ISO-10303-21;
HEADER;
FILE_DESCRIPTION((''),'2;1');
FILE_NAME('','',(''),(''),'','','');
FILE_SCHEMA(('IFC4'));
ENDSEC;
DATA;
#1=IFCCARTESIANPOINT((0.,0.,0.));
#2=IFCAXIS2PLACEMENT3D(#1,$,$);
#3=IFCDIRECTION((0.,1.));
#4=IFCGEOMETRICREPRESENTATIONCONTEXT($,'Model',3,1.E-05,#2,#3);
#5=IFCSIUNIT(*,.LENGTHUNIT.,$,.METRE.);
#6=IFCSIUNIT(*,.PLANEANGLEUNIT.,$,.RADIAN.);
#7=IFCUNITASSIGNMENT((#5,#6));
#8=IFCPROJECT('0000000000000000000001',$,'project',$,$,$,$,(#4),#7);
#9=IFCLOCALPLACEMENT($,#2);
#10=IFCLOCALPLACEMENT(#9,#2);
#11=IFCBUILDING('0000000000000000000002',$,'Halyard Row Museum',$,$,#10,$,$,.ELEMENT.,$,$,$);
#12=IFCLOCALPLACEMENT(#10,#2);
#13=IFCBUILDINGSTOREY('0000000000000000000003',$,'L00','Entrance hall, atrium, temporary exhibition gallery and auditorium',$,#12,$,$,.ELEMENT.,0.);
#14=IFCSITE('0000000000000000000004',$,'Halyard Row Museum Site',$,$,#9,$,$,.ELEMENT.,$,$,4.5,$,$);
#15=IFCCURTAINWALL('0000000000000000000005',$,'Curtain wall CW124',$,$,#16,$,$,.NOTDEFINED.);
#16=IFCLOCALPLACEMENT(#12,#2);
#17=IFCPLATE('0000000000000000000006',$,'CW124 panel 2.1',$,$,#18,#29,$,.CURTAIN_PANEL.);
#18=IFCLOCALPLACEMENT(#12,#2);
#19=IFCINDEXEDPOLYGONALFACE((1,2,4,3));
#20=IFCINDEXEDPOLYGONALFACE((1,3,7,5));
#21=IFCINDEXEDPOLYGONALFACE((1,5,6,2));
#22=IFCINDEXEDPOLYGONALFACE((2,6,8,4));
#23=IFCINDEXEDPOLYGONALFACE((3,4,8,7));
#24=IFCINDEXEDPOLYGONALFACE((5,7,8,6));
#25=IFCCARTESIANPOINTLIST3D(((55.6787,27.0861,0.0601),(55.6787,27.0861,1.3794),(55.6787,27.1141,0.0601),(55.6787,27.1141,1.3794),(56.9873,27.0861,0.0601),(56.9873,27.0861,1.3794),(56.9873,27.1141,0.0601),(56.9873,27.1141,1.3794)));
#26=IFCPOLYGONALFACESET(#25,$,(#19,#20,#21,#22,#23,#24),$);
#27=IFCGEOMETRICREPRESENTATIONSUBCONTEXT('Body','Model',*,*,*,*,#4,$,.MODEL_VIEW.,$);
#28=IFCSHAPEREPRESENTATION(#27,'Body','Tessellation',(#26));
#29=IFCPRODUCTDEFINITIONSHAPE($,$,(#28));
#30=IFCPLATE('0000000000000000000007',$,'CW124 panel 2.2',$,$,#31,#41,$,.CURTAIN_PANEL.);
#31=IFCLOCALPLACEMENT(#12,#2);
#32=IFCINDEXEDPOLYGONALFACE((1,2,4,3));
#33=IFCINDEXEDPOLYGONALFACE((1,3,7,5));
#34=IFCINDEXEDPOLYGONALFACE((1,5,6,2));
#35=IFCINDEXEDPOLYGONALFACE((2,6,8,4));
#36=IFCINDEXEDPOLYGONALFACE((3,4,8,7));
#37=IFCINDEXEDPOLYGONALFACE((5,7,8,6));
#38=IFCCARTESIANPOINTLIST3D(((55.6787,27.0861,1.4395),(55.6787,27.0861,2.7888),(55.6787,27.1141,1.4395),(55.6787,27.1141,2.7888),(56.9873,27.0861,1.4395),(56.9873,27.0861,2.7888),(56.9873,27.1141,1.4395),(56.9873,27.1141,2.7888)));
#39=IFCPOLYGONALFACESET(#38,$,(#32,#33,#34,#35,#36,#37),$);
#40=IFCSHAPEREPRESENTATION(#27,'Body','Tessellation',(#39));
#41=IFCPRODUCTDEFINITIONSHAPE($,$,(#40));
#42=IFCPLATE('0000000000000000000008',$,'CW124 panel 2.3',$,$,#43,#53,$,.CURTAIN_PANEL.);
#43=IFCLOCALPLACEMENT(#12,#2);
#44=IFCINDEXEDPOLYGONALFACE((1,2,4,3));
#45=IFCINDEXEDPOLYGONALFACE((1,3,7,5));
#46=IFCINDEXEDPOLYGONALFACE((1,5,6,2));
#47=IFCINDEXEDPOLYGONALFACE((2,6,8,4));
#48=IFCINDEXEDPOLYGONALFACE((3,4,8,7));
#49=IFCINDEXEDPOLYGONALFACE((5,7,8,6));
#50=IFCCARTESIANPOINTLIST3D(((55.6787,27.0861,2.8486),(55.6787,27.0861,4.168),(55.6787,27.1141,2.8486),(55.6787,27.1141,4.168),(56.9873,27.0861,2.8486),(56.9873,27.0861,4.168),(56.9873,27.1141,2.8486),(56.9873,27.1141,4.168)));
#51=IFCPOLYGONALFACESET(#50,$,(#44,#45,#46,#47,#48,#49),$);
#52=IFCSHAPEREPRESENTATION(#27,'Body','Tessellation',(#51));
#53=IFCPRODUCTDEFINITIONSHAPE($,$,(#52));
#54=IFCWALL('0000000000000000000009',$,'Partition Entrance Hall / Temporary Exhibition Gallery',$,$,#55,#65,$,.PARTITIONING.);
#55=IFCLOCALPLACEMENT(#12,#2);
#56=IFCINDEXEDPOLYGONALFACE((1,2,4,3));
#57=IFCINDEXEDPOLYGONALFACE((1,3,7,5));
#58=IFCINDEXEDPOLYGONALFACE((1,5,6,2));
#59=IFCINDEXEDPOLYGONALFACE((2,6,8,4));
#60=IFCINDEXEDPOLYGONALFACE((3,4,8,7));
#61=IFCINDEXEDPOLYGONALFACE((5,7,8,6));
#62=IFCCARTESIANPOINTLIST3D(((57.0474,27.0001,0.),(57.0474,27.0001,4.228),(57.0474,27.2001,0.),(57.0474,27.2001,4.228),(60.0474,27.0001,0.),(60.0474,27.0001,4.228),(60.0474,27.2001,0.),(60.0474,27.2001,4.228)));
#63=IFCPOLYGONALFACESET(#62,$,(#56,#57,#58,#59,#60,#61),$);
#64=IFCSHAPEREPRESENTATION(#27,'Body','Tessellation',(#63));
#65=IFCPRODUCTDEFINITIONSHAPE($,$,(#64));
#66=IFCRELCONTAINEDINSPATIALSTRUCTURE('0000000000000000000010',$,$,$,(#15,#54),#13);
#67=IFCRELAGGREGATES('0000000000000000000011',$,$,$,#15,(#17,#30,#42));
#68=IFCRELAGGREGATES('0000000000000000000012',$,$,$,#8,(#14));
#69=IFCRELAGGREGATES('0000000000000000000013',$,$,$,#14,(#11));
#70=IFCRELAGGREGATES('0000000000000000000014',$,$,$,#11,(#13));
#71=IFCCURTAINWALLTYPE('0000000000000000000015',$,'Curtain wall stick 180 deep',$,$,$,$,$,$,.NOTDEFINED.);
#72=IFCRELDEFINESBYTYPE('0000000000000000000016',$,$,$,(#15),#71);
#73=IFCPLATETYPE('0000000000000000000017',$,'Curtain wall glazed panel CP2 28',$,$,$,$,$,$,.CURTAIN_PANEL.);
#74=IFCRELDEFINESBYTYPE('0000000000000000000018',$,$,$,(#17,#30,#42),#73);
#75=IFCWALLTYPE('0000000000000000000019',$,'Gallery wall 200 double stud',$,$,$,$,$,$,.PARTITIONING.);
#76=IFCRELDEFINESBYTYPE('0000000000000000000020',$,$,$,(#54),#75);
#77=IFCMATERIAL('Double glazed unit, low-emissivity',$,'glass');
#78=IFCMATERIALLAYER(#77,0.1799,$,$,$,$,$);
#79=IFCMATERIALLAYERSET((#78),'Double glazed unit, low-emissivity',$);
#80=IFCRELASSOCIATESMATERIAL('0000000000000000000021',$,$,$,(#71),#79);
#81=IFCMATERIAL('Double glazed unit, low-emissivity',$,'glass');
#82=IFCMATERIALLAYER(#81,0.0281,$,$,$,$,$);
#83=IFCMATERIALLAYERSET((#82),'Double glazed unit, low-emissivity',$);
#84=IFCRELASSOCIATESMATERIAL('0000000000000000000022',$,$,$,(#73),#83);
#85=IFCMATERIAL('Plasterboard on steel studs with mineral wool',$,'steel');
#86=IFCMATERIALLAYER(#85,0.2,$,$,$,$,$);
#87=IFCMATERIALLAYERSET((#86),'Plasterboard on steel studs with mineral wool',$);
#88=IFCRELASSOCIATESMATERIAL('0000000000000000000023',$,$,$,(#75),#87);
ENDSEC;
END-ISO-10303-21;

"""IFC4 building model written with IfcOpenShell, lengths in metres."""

from ifc_helpers import new_model, si_unit, direction, frame, frame_2d, origin, origin_2d, place, context, subcontext, project, spatial, rectangle, extrude, material, layer, layer_set, type_object, element, aggregate, save


model = new_model("IFC4")

# Units and contexts
model_context = context("Model", 3, precision=1e-05, world=origin(), true_north=direction((0.0, 1.0)))
body_context = subcontext(model_context, "Body", "Model", "MODEL_VIEW")
ifc_project = project(units=[si_unit("LENGTHUNIT", "METRE"), si_unit("PLANEANGLEUNIT", "RADIAN")], contexts=[model_context])

# Site, building, storey
site_placement = place(None, origin())
site = spatial("IfcSite", under=ifc_project, at=site_placement, Name="Halyard Row Museum Site", CompositionType="ELEMENT", RefElevation=4.5)
building_placement = place(site_placement, origin())
building = spatial("IfcBuilding", under=site, at=building_placement, Name="Halyard Row Museum", CompositionType="ELEMENT")
storey_placement = place(building_placement, origin())
storey = spatial("IfcBuildingStorey", under=building, at=storey_placement, Name="L00", Description="Entrance hall, atrium, temporary exhibition gallery and auditorium", CompositionType="ELEMENT", Elevation=0.0)

# Shared definitions
ifc_material_1 = material(Name="Double glazed unit, low-emissivity", Category="glass")
ifc_layer_1 = layer(ifc_material_1, 0.1799)
ifc_layer_set_1 = layer_set([ifc_layer_1], Name="Double glazed unit, low-emissivity")
curtain_wall_type = type_object("IfcCurtainWallType", Name="Curtain wall stick 180 deep", PredefinedType="NOTDEFINED", material=ifc_layer_set_1)

# Curtain wall
curtain_wall_1_placement = place(storey_placement, origin())
curtain_wall_1 = element("IfcCurtainWall", 1, at=curtain_wall_1_placement, inside=storey, type_object=curtain_wall_type, Name="Curtain wall CW124", PredefinedType="NOTDEFINED")

# Plates
ifc_material_2 = material(Name="Double glazed unit, low-emissivity", Category="glass")
ifc_layer_2 = layer(ifc_material_2, 0.0281)
ifc_layer_set_2 = layer_set([ifc_layer_2], Name="Double glazed unit, low-emissivity")
plate_type = type_object("IfcPlateType", Name="Curtain wall glazed panel CP2 28", PredefinedType="CURTAIN_PANEL", material=ifc_layer_set_2)
plate_1_placement = place(storey_placement, frame((56.333, 27.1001, 0.0601), z_axis=(0.0, 0.0, 1.0), x_axis=(1.0, 0.0, 0.0)))
plate_1 = element("IfcPlate", 2, at=plate_1_placement, type_object=plate_type, Name="CW124 panel 2.1", PredefinedType="CURTAIN_PANEL", context=body_context, shape_type="SweptSolid", body=[
    extrude(rectangle(XDim=1.3086, YDim=0.0281, at=origin_2d()), origin(), (0.0, 0.0, 1.0), 1.3193),
])
plate_2_placement = place(storey_placement, frame((56.333, 27.1001, 1.4395), z_axis=(0.0, 0.0, 1.0), x_axis=(1.0, 0.0, 0.0)))
plate_2 = element("IfcPlate", 3, at=plate_2_placement, type_object=plate_type, Name="CW124 panel 2.2", PredefinedType="CURTAIN_PANEL", context=body_context, shape_type="SweptSolid", body=[
    extrude(rectangle(XDim=1.3086, YDim=0.0281, at=origin_2d()), origin(), (0.0, 0.0, 1.0), 1.3494),
])
plate_3_placement = place(storey_placement, frame((56.333, 27.1001, 2.8486), z_axis=(0.0, 0.0, 1.0), x_axis=(1.0, 0.0, 0.0)))
plate_3 = element("IfcPlate", 4, at=plate_3_placement, type_object=plate_type, Name="CW124 panel 2.3", PredefinedType="CURTAIN_PANEL", context=body_context, shape_type="SweptSolid", body=[
    extrude(rectangle(XDim=1.3086, YDim=0.0281, at=origin_2d()), origin(), (0.0, 0.0, 1.0), 1.3193),
])
aggregate(curtain_wall_1, [plate_1, plate_2, plate_3])

# Wall
ifc_material_3 = material(Name="Plasterboard on steel studs with mineral wool", Category="steel")
ifc_layer_3 = layer(ifc_material_3, 0.2)
ifc_layer_set_3 = layer_set([ifc_layer_3], Name="Plasterboard on steel studs with mineral wool")
wall_type = type_object("IfcWallType", Name="Gallery wall 200 double stud", PredefinedType="PARTITIONING", material=ifc_layer_set_3)
wall_placement = place(storey_placement, frame((57.0474, 27.1001, 0.0), z_axis=(0.0, 0.0, 1.0), x_axis=(1.0, 0.0, 0.0)))
element("IfcWall", 5, at=wall_placement, inside=storey, type_object=wall_type, Name="Partition Entrance Hall / Temporary Exhibition Gallery", PredefinedType="PARTITIONING", context=body_context, shape_type="SweptSolid", body=[
    extrude(rectangle(XDim=3.0, YDim=0.2, at=frame_2d((1.5, 0.0))), origin(), (0.0, 0.0, 1.0), 4.228),
])

save(model, "model.ifc")
